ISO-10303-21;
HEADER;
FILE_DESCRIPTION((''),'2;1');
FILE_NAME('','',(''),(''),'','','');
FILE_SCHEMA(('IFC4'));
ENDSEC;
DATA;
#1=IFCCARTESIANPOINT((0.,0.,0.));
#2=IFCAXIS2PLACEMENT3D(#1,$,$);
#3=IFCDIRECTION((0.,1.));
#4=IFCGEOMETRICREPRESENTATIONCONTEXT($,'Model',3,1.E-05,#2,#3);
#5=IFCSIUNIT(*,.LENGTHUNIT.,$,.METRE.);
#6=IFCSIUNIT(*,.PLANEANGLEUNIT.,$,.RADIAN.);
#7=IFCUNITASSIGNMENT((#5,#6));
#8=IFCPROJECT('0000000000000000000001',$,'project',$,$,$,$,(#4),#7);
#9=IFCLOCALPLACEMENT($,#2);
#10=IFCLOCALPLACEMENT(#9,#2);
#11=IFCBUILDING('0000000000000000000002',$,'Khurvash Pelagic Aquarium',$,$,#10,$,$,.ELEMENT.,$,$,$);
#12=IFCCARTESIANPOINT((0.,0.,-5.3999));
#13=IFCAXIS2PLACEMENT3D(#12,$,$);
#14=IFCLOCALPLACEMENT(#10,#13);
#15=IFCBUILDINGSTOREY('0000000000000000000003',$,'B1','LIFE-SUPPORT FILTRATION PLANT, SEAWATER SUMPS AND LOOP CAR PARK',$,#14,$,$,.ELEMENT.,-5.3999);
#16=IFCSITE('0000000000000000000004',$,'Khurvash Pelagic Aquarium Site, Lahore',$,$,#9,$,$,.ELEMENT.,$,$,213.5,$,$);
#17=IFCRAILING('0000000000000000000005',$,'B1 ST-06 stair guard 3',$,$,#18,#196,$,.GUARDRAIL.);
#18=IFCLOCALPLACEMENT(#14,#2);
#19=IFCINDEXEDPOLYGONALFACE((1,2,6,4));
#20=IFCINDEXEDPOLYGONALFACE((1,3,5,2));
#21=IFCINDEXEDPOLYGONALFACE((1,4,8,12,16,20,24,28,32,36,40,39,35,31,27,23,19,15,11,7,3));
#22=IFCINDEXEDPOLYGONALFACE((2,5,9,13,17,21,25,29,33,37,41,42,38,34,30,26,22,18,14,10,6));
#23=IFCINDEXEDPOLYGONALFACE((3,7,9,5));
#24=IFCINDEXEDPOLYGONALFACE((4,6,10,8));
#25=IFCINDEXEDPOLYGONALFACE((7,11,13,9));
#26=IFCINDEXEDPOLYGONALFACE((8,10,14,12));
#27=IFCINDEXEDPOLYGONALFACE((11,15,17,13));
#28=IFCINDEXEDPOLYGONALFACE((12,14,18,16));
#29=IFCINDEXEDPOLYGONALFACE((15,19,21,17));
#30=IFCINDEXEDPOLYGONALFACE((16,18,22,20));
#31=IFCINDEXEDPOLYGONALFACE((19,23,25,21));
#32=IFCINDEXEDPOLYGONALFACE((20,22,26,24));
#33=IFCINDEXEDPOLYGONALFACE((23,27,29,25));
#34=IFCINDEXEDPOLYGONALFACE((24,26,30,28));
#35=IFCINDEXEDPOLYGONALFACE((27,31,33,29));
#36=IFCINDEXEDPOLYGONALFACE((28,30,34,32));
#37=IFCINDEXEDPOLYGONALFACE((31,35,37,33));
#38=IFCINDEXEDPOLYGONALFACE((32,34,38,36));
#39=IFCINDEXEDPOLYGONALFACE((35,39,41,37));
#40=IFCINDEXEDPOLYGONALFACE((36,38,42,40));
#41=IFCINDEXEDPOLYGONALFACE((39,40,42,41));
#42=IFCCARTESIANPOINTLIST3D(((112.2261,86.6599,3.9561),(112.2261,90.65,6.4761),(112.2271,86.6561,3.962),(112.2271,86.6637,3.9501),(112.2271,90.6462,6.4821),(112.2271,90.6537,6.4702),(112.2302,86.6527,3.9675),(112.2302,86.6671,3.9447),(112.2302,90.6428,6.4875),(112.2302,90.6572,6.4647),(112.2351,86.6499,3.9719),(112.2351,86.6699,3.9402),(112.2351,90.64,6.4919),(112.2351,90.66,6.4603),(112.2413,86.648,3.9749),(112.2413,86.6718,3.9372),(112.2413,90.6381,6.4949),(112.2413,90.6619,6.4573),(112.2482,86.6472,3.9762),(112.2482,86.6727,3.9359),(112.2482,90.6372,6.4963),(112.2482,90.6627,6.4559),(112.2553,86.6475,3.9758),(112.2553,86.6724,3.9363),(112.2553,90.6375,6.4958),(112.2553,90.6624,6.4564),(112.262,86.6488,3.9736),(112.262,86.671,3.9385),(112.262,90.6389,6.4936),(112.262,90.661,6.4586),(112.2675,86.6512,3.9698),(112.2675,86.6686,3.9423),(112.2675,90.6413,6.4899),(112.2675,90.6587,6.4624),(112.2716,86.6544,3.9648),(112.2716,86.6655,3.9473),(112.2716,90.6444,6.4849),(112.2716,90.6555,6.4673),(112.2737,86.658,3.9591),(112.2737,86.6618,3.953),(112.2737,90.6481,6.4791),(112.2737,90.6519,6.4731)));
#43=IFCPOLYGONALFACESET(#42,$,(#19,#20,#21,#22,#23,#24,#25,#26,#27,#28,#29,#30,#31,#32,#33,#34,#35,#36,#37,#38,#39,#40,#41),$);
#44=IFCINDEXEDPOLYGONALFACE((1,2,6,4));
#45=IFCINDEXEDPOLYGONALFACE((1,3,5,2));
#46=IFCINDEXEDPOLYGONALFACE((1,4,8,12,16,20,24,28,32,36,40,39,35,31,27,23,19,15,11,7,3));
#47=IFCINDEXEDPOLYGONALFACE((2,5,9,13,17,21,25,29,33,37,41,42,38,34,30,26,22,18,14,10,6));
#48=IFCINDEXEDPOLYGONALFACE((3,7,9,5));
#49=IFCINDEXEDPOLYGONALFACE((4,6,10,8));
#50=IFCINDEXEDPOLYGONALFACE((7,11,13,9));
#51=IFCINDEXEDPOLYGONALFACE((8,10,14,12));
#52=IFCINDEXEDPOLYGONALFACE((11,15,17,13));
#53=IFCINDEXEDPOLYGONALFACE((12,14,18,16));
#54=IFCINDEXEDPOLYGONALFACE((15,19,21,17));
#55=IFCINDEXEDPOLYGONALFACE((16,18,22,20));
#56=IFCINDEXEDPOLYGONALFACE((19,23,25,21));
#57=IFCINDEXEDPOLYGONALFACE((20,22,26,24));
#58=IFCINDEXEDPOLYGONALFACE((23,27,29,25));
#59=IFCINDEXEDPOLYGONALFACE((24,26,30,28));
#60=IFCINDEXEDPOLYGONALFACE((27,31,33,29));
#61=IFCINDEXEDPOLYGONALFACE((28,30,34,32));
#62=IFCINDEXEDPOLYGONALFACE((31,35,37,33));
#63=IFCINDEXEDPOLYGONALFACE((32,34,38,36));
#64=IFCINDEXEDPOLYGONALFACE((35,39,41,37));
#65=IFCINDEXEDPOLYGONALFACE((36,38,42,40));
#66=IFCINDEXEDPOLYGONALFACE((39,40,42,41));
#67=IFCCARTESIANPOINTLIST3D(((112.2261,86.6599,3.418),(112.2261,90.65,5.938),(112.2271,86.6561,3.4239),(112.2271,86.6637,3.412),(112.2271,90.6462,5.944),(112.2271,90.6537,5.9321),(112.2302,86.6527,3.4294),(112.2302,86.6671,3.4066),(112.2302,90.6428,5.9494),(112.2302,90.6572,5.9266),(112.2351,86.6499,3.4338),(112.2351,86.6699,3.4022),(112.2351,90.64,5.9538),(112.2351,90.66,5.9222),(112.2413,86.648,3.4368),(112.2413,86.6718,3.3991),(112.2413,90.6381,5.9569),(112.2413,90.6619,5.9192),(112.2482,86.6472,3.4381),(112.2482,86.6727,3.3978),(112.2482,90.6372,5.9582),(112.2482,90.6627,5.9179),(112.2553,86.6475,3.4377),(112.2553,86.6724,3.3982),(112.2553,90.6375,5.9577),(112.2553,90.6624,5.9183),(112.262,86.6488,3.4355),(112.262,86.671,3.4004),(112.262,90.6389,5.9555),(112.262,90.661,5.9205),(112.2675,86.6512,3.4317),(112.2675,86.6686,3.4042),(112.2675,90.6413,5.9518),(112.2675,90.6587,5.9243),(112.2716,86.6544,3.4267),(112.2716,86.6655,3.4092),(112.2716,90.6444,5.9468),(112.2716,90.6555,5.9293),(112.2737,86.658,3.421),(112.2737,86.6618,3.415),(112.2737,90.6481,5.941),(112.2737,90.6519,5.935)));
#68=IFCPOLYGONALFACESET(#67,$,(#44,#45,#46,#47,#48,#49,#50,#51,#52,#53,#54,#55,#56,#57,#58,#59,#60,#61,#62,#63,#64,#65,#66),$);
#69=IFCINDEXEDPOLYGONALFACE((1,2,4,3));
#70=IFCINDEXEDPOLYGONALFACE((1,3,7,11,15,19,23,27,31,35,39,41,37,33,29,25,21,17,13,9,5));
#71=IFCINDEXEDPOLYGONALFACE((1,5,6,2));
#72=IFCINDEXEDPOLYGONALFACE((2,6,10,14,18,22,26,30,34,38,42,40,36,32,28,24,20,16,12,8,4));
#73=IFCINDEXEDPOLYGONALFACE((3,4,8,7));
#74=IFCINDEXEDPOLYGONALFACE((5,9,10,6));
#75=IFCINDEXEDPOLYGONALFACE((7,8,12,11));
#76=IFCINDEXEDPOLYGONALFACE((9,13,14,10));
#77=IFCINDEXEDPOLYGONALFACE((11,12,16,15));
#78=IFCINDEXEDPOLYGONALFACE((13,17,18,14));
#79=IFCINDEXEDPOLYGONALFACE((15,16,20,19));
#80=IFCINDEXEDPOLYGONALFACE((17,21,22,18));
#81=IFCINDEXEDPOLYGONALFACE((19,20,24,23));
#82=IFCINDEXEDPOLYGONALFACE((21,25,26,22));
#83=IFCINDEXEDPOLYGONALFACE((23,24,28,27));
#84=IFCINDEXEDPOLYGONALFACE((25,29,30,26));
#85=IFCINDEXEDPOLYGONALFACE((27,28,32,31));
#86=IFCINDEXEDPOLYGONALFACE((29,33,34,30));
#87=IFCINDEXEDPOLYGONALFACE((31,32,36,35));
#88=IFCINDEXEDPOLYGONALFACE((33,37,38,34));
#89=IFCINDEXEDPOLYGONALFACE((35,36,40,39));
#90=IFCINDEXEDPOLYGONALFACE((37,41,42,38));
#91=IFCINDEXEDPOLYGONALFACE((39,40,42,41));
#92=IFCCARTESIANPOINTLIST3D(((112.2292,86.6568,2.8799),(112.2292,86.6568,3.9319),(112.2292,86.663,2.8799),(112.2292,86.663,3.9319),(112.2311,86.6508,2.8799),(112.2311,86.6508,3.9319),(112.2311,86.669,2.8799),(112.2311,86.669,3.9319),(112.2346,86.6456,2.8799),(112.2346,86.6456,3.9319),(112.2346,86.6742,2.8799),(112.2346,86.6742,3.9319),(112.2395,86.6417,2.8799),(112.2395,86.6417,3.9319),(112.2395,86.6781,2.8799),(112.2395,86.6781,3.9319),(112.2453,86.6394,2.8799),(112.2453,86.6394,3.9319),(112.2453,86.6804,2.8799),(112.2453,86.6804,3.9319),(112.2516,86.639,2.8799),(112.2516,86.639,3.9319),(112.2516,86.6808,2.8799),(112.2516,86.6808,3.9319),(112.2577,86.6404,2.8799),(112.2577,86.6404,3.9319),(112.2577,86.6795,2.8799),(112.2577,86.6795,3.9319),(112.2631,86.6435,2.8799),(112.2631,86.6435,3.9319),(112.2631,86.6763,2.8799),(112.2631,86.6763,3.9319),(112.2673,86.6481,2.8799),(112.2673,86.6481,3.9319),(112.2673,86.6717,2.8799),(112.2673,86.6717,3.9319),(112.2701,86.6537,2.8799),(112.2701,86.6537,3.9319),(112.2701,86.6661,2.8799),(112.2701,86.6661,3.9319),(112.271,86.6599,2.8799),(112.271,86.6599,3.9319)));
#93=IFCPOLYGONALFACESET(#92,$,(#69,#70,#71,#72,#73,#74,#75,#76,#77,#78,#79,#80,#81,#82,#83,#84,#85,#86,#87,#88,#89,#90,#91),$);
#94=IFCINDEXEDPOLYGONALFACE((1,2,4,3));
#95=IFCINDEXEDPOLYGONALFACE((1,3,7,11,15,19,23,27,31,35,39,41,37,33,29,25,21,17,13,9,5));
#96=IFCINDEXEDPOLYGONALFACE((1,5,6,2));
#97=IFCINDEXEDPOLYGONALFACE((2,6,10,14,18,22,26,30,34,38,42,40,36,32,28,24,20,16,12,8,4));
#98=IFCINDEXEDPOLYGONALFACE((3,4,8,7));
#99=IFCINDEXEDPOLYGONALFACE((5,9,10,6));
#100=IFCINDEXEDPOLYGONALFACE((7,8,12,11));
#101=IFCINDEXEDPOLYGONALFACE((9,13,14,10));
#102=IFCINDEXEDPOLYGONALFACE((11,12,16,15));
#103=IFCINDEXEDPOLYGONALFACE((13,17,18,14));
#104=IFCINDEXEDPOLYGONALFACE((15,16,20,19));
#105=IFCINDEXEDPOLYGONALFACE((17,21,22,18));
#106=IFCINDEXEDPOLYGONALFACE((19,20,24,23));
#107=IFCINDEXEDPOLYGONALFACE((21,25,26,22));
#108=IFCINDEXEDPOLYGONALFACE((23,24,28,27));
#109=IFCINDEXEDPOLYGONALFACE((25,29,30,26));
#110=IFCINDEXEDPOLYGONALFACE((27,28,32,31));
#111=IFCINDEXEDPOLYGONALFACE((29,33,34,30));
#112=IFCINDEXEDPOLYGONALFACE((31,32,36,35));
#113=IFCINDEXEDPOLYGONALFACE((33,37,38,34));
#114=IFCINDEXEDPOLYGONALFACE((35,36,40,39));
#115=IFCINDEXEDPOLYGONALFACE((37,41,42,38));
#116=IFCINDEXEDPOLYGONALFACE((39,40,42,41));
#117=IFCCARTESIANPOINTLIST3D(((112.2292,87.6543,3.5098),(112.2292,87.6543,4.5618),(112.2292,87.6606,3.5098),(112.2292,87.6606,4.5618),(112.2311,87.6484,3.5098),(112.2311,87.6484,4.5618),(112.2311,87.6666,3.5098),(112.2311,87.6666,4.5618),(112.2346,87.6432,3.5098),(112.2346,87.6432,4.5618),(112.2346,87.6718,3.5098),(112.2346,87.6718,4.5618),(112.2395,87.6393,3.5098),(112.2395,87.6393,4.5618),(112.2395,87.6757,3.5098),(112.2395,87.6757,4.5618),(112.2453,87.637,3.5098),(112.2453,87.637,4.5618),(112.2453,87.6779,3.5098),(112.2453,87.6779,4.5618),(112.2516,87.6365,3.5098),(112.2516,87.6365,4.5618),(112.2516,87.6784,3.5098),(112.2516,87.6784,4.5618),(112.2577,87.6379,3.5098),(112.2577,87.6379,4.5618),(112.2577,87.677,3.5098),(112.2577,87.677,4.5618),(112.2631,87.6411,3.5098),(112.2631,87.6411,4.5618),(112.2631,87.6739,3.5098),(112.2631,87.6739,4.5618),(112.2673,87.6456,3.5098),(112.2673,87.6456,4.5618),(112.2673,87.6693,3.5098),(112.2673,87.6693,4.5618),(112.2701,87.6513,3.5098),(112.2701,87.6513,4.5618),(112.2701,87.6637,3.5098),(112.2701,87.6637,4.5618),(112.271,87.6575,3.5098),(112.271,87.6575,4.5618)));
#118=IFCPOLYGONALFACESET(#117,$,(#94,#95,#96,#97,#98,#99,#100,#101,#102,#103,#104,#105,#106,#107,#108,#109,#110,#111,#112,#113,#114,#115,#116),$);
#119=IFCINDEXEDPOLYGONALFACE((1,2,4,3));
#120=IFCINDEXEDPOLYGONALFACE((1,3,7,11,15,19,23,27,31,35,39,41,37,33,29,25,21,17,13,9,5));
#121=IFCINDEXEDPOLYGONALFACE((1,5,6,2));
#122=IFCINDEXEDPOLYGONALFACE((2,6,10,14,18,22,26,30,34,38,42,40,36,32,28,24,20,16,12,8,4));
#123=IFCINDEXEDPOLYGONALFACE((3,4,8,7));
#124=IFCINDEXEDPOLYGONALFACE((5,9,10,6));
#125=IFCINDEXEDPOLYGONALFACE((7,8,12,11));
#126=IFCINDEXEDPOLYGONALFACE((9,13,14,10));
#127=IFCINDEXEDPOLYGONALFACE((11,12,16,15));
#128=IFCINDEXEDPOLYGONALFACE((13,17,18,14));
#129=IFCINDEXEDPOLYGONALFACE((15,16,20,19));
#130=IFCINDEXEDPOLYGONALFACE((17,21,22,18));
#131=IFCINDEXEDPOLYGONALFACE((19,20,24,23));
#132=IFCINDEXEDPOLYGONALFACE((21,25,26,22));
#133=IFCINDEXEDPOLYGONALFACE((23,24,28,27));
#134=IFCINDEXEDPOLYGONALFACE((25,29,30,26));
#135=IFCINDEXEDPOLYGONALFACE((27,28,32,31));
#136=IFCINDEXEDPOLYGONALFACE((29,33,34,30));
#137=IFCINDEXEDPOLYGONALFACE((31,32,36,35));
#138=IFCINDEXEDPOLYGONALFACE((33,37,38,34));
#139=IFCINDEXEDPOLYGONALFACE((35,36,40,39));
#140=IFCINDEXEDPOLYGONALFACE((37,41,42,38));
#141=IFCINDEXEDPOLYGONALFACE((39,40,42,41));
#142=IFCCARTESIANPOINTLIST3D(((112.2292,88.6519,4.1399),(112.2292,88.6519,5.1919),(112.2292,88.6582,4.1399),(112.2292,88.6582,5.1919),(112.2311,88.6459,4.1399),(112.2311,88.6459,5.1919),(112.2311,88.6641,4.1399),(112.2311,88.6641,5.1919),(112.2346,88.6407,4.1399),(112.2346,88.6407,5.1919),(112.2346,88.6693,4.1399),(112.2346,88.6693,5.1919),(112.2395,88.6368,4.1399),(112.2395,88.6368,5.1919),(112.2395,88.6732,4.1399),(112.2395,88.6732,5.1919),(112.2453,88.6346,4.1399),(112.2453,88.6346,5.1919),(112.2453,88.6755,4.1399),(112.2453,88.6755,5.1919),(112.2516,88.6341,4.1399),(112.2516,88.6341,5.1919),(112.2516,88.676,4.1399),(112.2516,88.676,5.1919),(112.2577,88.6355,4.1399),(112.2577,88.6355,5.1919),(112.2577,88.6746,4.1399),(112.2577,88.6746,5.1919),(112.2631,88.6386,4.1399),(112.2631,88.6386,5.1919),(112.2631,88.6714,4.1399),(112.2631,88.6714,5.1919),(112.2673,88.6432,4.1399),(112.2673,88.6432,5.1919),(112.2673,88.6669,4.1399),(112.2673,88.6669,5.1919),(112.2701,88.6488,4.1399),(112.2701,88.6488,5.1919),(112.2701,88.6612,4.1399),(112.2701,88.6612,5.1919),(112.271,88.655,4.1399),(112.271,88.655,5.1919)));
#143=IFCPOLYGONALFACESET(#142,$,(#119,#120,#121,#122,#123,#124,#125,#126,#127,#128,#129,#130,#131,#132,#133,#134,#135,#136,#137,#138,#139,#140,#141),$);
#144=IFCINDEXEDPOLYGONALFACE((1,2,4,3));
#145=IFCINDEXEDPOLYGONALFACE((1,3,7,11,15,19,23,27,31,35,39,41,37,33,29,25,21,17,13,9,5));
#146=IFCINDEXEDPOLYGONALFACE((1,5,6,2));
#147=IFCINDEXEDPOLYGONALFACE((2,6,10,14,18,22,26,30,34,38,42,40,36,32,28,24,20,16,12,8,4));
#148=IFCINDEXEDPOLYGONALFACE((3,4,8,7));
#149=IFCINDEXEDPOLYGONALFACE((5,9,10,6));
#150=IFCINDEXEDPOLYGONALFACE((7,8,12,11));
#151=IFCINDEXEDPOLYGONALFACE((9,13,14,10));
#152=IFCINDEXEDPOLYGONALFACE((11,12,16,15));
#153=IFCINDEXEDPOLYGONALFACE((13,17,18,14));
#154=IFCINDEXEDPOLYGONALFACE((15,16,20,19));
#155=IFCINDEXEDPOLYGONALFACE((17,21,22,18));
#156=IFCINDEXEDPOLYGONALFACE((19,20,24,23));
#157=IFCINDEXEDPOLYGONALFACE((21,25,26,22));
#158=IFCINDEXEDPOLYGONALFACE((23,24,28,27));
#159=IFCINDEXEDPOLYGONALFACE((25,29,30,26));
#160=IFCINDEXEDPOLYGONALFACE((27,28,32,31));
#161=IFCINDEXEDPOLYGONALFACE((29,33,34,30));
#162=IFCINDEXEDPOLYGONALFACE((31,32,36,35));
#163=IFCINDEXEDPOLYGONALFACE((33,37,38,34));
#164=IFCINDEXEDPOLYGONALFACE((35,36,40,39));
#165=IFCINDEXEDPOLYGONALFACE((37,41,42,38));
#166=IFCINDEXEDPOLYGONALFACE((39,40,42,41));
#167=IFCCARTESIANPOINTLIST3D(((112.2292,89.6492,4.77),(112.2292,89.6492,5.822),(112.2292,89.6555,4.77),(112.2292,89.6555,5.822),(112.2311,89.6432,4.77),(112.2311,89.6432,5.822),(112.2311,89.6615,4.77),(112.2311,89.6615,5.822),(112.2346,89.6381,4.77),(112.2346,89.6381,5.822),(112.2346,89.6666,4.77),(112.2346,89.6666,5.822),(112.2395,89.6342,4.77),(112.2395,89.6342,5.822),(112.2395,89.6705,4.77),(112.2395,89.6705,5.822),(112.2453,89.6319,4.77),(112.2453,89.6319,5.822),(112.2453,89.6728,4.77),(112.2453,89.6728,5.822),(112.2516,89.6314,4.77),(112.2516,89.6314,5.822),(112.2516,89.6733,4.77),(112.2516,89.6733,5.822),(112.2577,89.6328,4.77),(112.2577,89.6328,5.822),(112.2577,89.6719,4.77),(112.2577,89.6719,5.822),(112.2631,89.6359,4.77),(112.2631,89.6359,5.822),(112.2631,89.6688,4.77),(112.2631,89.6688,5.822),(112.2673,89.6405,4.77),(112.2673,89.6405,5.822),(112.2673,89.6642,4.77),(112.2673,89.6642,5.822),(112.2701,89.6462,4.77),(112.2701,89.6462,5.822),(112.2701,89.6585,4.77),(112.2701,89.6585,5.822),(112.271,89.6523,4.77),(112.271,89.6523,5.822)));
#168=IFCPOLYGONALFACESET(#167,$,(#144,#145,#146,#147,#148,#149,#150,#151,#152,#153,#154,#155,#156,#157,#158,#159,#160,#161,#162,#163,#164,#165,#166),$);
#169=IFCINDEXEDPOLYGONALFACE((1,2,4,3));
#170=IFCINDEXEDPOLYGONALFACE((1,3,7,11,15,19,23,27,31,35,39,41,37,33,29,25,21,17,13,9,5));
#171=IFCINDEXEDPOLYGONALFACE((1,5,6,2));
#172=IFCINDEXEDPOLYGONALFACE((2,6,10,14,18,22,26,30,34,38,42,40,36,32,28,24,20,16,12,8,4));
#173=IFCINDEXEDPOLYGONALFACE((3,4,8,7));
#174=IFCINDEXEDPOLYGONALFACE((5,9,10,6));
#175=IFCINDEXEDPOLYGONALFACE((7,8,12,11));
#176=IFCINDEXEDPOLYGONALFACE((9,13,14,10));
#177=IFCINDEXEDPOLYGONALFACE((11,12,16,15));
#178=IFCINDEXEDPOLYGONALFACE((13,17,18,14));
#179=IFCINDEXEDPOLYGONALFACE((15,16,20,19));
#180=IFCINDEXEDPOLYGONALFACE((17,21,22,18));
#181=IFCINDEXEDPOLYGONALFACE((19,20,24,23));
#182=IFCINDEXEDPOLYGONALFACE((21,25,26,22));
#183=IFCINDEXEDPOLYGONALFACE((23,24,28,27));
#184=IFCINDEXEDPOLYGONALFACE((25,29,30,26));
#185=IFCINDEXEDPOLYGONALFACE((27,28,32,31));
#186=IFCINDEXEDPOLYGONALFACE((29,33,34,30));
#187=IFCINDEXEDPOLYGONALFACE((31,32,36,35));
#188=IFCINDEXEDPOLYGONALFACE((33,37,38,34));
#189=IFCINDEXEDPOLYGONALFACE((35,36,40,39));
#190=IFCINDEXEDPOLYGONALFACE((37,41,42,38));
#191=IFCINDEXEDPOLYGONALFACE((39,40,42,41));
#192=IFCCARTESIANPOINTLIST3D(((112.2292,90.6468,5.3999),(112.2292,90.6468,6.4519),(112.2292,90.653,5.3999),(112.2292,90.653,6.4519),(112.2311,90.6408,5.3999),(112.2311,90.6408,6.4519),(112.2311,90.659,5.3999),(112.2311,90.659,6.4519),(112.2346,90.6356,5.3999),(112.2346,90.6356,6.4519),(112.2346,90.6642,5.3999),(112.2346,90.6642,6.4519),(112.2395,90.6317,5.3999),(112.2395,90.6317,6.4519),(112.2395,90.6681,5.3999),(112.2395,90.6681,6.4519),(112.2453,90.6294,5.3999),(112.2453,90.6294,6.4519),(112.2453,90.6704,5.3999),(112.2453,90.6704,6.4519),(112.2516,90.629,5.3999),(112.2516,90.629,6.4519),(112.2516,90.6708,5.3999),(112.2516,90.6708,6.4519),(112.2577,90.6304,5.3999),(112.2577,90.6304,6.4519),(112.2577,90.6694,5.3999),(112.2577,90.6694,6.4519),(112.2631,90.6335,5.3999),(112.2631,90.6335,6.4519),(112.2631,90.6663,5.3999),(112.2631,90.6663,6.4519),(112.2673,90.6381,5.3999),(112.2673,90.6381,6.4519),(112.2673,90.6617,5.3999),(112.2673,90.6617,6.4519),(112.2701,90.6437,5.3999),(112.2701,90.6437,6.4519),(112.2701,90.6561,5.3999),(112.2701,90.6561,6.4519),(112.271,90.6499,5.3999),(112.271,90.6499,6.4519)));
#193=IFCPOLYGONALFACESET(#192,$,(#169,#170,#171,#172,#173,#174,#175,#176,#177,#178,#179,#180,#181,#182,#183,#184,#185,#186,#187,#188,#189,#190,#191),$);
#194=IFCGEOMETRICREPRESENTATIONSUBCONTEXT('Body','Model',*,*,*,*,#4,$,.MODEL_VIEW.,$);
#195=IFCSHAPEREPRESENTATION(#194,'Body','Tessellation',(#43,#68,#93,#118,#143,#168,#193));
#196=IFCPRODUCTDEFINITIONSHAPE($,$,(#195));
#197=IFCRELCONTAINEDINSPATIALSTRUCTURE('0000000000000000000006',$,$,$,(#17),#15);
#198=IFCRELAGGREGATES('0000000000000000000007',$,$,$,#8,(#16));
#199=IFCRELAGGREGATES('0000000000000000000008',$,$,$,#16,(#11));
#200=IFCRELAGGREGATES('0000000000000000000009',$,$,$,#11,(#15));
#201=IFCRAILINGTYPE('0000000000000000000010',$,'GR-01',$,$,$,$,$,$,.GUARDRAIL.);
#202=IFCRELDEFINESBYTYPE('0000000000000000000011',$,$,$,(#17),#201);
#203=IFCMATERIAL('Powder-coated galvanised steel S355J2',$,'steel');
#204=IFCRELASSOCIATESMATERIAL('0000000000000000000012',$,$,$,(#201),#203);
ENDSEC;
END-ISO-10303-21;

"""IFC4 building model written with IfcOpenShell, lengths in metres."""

from ifc_helpers import new_model, si_unit, direction, frame, origin, origin_2d, place, context, subcontext, project, spatial, circle, extrude, material, type_object, element, save


model = new_model("IFC4")

# Units and contexts
model_context = context("Model", 3, precision=1e-05, world=origin(), true_north=direction((0.0, 1.0)))
body_context = subcontext(model_context, "Body", "Model", "MODEL_VIEW")
ifc_project = project(units=[si_unit("LENGTHUNIT", "METRE"), si_unit("PLANEANGLEUNIT", "RADIAN")], contexts=[model_context])

# Site, building, storey
site_placement = place(None, origin())
site = spatial("IfcSite", under=ifc_project, at=site_placement, Name="Khurvash Pelagic Aquarium Site, Lahore", CompositionType="ELEMENT", RefElevation=213.5)
building_placement = place(site_placement, origin())
building = spatial("IfcBuilding", under=site, at=building_placement, Name="Khurvash Pelagic Aquarium", CompositionType="ELEMENT")
storey_placement = place(building_placement, frame((0.0, 0.0, -5.3999)))
storey = spatial("IfcBuildingStorey", under=building, at=storey_placement, Name="B1", Description="LIFE-SUPPORT FILTRATION PLANT, SEAWATER SUMPS AND LOOP CAR PARK", CompositionType="ELEMENT", Elevation=-5.3999)

# Railing
ifc_material_1 = material(Name="Powder-coated galvanised steel S355J2", Category="steel")
railing_type_1 = type_object("IfcRailingType", Name="GR-01", PredefinedType="GUARDRAIL", material=ifc_material_1)
railing_1_placement = place(storey_placement, frame((112.25, 86.6599, 2.8799)))
element("IfcRailing", 1, at=railing_1_placement, inside=storey, type_object=railing_type_1, Name="B1 ST-06 stair guard 3", PredefinedType="GUARDRAIL", context=body_context, shape_type="SweptSolid", body=[
    extrude(circle(Radius=0.0239, at=origin_2d()), frame((0.0, 0.0, 1.0762), z_axis=(0.0, 0.845486, 0.533997), x_axis=(-1.0, 0.0, 0.0)), (0.0, 0.0, 1.0), 4.7192),
    extrude(circle(Radius=0.0239, at=origin_2d()), frame((0.0, 0.0, 0.5381), z_axis=(0.0, 0.845486, 0.533997), x_axis=(-1.0, 0.0, 0.0)), (0.0, 0.0, 1.0), 4.7192),
    extrude(circle(Radius=0.021, at=origin_2d()), origin(), (0.0, 0.0, 1.0), 1.052),
    extrude(circle(Radius=0.021, at=origin_2d()), frame((0.0, 0.9976, 0.6299)), (0.0, 0.0, 1.0), 1.052),
    extrude(circle(Radius=0.021, at=origin_2d()), frame((0.0, 1.9951, 1.26)), (0.0, 0.0, 1.0), 1.052),
    extrude(circle(Radius=0.021, at=origin_2d()), frame((0.0, 2.9924, 1.8901)), (0.0, 0.0, 1.0), 1.052),
    extrude(circle(Radius=0.021, at=origin_2d()), frame((0.0, 3.99, 2.52)), (0.0, 0.0, 1.0), 1.052),
])

save(model, "model.ifc")
